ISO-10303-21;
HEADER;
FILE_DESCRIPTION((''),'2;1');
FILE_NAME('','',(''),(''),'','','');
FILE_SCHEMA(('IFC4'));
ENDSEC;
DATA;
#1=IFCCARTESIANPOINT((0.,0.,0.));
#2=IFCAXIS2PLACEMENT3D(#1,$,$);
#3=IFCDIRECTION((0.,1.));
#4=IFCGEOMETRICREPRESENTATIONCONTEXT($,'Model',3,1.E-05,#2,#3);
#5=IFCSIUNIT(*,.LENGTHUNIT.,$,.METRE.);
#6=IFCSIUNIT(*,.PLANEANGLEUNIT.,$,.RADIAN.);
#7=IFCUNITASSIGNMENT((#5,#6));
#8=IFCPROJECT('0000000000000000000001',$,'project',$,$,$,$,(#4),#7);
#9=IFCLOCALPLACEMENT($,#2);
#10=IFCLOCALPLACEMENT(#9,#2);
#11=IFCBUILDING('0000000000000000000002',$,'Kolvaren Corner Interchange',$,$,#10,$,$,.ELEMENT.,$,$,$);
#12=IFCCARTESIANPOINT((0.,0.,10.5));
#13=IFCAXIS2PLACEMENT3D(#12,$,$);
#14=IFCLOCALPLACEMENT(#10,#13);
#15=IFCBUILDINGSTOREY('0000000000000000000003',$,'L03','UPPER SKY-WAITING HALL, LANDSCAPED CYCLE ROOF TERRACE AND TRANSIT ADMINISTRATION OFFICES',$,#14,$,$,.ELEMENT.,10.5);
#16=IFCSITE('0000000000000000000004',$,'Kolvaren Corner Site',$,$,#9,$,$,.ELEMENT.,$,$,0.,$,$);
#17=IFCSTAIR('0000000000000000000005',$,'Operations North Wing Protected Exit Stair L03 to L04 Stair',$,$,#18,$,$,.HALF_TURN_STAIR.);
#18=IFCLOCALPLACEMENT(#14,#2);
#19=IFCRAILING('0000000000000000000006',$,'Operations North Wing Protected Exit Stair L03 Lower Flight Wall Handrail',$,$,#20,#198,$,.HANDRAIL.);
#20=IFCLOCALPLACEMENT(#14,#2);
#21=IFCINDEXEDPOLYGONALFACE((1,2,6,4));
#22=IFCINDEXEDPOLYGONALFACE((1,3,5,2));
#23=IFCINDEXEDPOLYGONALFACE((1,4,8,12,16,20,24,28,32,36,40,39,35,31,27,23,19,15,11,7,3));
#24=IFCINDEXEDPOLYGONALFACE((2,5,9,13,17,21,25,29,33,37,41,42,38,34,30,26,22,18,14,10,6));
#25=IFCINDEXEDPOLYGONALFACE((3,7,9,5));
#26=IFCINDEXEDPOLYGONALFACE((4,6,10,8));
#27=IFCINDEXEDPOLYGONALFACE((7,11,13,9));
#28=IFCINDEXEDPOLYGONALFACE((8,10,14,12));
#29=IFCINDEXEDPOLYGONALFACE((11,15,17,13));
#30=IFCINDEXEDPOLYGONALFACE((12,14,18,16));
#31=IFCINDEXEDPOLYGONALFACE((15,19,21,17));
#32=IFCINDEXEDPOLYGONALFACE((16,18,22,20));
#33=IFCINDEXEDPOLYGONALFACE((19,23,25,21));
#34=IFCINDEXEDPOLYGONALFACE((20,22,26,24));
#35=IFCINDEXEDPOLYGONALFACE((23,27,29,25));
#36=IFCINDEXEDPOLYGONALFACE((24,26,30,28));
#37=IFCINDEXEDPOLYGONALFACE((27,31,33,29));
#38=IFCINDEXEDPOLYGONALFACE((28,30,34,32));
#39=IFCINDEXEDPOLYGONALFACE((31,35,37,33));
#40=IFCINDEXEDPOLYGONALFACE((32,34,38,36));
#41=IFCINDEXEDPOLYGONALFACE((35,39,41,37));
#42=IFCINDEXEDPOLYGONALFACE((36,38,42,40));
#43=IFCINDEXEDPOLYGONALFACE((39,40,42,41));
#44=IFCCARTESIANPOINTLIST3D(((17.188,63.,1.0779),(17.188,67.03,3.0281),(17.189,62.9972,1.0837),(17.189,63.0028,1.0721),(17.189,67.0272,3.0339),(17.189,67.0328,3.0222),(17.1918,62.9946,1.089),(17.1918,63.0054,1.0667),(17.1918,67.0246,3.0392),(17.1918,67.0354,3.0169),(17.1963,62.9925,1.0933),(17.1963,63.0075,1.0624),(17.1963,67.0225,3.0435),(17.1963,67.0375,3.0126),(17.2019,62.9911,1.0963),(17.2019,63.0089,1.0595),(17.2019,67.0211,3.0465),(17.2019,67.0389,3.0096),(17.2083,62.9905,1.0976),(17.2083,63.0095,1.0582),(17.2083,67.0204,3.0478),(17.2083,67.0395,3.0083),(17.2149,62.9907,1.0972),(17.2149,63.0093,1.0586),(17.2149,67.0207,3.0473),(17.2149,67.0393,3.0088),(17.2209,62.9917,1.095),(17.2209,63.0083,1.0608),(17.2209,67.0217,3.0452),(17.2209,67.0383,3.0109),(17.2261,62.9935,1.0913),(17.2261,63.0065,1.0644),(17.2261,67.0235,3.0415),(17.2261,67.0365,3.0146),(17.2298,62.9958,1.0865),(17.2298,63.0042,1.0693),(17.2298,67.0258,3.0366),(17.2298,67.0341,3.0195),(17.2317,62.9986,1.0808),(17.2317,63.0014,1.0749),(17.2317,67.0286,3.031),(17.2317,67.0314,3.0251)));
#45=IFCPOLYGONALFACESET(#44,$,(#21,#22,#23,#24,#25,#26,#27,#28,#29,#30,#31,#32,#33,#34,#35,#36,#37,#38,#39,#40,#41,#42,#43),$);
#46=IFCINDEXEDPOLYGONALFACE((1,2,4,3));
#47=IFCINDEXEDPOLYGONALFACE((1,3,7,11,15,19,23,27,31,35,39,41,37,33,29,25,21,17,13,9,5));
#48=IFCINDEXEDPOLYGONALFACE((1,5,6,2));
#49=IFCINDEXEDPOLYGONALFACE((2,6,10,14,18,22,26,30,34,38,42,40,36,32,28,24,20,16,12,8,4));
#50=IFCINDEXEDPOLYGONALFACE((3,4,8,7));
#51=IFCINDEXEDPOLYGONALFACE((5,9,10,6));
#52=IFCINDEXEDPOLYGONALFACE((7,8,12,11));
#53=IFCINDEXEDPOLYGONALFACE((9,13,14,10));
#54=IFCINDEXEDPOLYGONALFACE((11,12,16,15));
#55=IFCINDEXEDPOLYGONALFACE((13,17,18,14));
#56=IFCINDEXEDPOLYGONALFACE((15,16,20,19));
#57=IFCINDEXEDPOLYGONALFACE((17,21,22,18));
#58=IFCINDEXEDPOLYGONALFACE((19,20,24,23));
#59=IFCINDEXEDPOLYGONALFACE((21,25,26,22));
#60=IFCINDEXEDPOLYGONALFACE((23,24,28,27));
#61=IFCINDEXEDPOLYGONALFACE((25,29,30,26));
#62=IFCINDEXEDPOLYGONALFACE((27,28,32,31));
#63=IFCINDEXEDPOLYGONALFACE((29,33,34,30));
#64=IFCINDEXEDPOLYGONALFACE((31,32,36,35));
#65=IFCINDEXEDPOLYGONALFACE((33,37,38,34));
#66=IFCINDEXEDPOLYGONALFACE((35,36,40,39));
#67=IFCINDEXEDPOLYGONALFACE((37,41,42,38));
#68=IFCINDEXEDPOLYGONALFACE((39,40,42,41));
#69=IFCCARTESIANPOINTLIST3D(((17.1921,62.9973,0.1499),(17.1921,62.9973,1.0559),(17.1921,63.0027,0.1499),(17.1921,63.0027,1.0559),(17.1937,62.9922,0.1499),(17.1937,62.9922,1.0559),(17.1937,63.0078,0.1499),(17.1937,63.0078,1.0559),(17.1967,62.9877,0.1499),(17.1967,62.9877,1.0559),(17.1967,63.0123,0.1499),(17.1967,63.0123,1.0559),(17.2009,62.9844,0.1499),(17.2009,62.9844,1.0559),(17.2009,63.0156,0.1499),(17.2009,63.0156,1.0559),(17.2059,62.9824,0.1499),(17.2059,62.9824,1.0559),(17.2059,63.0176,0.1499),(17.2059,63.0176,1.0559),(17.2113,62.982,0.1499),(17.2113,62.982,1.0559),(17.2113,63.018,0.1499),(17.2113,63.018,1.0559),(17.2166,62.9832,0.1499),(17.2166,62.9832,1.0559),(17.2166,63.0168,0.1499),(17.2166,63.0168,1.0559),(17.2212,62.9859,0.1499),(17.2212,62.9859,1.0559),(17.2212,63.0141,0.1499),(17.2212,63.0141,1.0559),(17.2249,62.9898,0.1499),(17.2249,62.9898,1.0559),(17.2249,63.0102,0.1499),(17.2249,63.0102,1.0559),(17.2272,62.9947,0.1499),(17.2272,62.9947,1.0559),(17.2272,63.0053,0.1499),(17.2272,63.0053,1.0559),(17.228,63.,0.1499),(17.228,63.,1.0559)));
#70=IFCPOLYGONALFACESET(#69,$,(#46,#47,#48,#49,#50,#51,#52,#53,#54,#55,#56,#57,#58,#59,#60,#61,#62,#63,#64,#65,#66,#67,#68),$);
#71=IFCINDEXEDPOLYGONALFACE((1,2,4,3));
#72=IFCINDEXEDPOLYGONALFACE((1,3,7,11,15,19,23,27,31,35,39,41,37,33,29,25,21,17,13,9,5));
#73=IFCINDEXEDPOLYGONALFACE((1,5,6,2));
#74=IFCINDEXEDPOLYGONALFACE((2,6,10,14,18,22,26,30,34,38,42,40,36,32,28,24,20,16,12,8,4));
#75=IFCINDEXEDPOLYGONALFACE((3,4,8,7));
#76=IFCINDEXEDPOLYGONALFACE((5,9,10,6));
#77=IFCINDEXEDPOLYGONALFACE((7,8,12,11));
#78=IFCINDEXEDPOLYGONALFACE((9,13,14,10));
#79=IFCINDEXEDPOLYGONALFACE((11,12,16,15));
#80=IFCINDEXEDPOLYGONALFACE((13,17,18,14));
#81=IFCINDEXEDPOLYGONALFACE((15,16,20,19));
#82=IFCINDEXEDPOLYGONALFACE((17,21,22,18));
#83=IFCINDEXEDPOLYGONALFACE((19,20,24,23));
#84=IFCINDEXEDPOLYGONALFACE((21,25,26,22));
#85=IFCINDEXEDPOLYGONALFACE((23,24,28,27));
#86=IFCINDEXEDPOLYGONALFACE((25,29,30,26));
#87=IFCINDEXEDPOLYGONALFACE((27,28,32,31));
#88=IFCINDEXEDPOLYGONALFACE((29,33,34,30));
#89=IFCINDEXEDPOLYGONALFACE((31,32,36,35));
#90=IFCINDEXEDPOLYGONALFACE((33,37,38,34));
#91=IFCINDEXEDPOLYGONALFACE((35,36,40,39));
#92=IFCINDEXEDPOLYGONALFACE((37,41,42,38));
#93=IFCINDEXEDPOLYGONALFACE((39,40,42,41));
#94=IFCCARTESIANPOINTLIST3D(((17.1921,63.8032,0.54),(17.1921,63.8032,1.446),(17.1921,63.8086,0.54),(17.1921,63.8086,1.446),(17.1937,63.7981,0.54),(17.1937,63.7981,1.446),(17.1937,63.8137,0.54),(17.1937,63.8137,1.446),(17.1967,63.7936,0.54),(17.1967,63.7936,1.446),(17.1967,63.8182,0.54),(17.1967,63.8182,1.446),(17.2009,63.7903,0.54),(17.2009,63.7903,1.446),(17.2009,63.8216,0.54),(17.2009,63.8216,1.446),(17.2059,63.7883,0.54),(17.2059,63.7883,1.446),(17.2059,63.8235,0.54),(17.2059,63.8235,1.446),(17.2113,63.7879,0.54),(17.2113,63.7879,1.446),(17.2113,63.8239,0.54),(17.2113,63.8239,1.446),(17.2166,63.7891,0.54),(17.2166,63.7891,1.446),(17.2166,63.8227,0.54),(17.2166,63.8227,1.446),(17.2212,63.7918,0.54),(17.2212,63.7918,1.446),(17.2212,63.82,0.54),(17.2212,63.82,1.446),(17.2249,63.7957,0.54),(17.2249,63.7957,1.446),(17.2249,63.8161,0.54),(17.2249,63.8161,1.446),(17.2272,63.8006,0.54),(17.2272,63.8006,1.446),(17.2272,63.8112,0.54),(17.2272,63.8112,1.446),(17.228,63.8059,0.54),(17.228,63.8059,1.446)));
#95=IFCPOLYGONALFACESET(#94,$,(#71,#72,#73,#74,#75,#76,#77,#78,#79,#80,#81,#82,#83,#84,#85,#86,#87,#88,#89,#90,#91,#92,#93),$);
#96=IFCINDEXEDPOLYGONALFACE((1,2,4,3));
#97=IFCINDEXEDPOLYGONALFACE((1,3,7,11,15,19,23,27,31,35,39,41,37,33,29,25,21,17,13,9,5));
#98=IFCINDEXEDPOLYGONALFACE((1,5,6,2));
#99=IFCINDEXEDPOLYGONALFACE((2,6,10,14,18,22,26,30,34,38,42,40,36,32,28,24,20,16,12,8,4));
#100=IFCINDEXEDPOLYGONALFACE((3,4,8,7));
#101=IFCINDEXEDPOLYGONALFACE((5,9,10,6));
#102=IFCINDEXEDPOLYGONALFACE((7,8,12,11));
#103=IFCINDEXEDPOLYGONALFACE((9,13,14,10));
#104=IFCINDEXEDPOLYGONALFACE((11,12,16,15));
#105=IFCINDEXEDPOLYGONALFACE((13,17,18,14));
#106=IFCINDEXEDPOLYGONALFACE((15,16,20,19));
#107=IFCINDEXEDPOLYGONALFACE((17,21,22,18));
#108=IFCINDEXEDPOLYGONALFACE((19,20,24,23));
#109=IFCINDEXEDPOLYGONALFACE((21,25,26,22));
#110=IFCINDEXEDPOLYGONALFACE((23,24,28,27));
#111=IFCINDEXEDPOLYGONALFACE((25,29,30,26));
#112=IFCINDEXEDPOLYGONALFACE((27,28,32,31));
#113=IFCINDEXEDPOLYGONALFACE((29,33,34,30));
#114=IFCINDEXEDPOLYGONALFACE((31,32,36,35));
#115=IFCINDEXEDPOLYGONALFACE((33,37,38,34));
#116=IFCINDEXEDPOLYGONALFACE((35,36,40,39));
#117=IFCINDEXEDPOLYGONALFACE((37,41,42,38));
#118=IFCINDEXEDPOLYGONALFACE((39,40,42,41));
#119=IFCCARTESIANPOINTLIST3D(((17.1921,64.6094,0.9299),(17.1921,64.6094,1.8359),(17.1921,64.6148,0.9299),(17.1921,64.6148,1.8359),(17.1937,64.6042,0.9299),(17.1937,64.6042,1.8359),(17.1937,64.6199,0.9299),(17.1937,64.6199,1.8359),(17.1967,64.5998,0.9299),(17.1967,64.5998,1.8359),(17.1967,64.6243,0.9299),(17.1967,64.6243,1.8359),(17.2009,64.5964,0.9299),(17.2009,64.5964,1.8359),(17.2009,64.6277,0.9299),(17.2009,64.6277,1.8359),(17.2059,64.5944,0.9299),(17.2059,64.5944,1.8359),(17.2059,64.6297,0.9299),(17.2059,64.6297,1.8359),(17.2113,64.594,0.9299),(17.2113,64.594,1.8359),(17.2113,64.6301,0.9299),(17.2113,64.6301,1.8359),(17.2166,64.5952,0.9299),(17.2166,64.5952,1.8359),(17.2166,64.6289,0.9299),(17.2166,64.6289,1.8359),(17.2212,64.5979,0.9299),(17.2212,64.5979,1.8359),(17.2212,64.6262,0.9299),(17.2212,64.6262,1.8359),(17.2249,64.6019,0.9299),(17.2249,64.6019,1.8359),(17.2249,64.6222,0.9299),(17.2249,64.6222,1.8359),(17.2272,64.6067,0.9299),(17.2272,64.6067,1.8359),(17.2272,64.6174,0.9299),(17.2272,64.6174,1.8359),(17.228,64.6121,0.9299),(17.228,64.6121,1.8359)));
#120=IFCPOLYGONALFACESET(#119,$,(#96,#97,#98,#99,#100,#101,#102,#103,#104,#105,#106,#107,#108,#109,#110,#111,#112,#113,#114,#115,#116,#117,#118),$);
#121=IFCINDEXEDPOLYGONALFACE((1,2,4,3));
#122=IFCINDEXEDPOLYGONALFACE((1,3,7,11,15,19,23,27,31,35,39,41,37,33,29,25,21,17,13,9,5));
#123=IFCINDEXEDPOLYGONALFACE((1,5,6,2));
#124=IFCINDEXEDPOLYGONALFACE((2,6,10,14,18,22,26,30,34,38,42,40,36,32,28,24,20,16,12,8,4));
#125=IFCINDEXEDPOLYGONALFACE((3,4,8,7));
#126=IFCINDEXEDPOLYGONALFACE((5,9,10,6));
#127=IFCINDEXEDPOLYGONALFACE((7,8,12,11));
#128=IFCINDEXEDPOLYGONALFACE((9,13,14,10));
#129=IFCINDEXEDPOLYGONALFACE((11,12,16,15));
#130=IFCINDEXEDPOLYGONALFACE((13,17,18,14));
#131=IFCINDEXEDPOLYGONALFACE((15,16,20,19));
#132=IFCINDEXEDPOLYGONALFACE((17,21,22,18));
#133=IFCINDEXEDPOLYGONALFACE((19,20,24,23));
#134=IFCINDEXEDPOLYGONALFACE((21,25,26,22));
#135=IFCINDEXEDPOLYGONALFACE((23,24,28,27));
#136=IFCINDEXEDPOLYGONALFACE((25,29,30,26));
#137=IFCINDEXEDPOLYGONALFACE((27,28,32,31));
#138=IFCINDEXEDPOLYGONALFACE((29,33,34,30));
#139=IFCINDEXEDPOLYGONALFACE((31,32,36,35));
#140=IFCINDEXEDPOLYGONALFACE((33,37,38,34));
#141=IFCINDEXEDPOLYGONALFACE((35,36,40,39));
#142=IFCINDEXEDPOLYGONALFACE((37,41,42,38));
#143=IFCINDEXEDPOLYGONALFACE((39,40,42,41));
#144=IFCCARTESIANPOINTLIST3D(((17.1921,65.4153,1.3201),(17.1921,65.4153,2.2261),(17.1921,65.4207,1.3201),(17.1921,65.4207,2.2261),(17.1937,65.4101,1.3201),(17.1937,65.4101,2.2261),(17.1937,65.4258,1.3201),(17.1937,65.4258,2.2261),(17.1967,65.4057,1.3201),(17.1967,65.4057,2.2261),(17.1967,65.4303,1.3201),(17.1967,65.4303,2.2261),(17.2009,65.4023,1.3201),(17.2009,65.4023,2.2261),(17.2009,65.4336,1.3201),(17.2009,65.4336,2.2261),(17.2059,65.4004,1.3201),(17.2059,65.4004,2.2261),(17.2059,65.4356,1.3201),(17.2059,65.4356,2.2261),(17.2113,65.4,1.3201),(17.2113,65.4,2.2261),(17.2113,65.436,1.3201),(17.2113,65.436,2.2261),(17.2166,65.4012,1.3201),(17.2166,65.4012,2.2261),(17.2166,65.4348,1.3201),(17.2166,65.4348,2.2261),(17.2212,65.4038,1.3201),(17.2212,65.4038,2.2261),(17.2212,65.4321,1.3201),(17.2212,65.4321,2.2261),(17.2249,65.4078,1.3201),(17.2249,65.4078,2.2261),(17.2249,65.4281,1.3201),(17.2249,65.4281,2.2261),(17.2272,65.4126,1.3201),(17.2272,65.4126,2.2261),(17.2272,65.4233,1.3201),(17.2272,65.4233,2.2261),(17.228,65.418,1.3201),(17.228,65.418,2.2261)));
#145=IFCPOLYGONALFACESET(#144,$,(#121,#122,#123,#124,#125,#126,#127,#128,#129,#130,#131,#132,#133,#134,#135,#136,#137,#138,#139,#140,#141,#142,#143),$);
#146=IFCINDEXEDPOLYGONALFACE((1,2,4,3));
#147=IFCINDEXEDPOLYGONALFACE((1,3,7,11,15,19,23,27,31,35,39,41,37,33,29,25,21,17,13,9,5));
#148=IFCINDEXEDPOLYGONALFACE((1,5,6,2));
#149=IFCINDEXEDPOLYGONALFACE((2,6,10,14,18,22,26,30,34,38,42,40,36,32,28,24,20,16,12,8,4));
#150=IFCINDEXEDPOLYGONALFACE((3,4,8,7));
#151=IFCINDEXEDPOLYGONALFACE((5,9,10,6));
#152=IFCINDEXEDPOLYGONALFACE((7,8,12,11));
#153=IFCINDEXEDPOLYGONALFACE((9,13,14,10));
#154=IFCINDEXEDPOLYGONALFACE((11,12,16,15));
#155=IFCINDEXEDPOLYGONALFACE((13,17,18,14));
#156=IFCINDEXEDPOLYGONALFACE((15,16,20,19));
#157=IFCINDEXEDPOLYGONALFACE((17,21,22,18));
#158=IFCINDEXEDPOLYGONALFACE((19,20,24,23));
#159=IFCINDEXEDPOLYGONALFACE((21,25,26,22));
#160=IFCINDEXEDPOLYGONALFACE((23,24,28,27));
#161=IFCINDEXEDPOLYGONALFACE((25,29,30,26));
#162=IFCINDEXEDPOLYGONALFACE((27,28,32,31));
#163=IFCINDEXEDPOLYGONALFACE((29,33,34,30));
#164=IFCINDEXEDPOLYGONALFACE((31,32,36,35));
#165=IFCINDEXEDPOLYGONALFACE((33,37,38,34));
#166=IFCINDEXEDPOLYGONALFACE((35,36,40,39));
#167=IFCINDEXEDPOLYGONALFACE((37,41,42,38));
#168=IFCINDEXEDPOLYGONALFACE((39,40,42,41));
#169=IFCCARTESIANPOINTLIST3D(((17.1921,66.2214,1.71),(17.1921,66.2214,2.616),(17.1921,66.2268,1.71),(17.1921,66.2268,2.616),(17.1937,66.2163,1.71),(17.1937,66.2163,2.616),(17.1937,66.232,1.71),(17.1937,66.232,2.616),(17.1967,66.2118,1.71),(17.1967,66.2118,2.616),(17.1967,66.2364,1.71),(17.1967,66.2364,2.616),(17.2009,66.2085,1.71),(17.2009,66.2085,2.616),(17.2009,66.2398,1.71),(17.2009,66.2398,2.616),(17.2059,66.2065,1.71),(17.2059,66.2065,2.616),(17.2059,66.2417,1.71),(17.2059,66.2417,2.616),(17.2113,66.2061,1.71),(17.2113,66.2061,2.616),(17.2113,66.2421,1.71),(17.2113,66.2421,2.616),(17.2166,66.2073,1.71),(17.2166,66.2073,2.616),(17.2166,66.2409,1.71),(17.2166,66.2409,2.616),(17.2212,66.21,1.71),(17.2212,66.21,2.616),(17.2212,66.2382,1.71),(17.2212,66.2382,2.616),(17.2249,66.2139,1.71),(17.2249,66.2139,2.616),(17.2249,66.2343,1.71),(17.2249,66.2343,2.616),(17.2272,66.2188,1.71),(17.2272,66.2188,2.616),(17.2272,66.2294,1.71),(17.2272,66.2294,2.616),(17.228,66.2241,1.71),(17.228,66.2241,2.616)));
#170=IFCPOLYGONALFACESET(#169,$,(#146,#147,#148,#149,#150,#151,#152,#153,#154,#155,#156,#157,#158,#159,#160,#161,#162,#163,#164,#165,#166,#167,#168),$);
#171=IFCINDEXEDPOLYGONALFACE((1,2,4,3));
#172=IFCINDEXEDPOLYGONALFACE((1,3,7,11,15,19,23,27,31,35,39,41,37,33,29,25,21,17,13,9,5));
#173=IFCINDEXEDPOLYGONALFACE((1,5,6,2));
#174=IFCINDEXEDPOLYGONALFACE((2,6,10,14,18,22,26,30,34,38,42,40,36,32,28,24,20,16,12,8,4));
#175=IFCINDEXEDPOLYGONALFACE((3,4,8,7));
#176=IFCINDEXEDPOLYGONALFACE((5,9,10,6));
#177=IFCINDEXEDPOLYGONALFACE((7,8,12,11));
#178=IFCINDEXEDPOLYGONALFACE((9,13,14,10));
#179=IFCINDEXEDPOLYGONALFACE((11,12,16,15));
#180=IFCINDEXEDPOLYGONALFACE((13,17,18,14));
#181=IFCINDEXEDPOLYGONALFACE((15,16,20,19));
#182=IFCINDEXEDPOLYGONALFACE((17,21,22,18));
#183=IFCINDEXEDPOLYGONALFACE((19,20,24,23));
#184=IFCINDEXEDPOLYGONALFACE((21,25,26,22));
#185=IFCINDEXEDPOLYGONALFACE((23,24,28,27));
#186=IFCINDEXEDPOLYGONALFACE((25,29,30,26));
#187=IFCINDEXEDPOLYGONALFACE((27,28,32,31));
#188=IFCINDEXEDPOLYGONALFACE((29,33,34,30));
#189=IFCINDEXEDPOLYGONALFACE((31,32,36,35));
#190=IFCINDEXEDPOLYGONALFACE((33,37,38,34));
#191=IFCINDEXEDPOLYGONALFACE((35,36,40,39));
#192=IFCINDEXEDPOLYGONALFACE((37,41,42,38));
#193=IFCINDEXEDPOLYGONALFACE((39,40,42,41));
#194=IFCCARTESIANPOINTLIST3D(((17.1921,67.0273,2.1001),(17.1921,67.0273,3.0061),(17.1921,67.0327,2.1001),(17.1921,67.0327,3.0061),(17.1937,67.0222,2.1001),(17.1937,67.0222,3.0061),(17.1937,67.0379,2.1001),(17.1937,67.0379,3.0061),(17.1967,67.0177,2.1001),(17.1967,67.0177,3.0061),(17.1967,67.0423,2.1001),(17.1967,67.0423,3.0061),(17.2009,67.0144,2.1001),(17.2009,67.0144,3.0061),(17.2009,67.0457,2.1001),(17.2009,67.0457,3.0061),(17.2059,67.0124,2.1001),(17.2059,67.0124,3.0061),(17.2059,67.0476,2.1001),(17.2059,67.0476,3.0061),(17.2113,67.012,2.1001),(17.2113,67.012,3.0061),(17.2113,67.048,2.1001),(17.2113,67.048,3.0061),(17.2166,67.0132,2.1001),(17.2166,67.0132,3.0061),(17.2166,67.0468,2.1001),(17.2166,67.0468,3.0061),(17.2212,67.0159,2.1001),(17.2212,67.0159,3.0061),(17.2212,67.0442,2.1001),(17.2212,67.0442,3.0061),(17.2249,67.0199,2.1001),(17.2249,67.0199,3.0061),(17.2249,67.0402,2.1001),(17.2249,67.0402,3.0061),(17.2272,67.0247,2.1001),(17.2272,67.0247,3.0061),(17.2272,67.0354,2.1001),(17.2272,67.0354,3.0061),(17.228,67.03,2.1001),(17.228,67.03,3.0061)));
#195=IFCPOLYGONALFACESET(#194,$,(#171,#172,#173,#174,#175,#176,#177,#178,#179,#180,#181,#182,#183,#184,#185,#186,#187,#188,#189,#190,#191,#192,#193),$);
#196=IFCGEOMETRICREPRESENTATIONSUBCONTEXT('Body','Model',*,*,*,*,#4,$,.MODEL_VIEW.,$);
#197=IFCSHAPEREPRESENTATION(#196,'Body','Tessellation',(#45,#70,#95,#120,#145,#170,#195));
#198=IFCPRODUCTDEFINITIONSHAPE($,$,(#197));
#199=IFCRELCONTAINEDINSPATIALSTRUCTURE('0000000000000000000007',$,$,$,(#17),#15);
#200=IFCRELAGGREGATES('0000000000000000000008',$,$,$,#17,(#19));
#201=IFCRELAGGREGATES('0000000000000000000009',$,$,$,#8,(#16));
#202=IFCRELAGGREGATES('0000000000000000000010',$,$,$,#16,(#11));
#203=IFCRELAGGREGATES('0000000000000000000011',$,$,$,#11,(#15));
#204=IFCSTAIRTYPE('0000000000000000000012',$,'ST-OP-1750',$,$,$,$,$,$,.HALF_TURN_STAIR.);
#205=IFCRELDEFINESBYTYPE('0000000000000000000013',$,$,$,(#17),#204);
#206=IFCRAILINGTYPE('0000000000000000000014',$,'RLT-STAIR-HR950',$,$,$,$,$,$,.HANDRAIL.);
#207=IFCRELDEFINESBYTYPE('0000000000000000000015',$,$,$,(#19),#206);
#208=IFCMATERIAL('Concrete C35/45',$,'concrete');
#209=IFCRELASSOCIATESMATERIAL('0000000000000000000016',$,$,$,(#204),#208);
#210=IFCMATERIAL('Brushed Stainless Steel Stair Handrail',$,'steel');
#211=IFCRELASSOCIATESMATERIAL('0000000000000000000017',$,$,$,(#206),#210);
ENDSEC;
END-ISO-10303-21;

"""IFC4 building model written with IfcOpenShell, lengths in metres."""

from ifc_helpers import new_model, si_unit, direction, frame, origin, origin_2d, place, context, subcontext, project, spatial, circle, extrude, material, type_object, element, aggregate, save


model = new_model("IFC4")

# Units and contexts
model_context = context("Model", 3, precision=1e-05, world=origin(), true_north=direction((0.0, 1.0)))
body_context = subcontext(model_context, "Body", "Model", "MODEL_VIEW")
ifc_project = project(units=[si_unit("LENGTHUNIT", "METRE"), si_unit("PLANEANGLEUNIT", "RADIAN")], contexts=[model_context])

# Site, building, storey
site_placement = place(None, origin())
site = spatial("IfcSite", under=ifc_project, at=site_placement, Name="Kolvaren Corner Site", CompositionType="ELEMENT", RefElevation=0.0)
building_placement = place(site_placement, origin())
building = spatial("IfcBuilding", under=site, at=building_placement, Name="Kolvaren Corner Interchange", CompositionType="ELEMENT")
storey_placement = place(building_placement, frame((0.0, 0.0, 10.5)))
storey = spatial("IfcBuildingStorey", under=building, at=storey_placement, Name="L03", Description="UPPER SKY-WAITING HALL, LANDSCAPED CYCLE ROOF TERRACE AND TRANSIT ADMINISTRATION OFFICES", CompositionType="ELEMENT", Elevation=10.5)

# Stair
ifc_material_1 = material(Name="Concrete C35/45", Category="concrete")
stair_type = type_object("IfcStairType", Name="ST-OP-1750", PredefinedType="HALF_TURN_STAIR", material=ifc_material_1)
stair_placement = place(storey_placement, origin())
stair = element("IfcStair", 1, at=stair_placement, inside=storey, type_object=stair_type, Name="Operations North Wing Protected Exit Stair L03 to L04 Stair", PredefinedType="HALF_TURN_STAIR")

# Railing
ifc_material_2 = material(Name="Brushed Stainless Steel Stair Handrail", Category="steel")
railing_type_1 = type_object("IfcRailingType", Name="RLT-STAIR-HR950", PredefinedType="HANDRAIL", material=ifc_material_2)
railing_1_placement = place(storey_placement, frame((17.21, 63.0, 0.1499)))
railing_1 = element("IfcRailing", 2, at=railing_1_placement, type_object=railing_type_1, Name="Operations North Wing Protected Exit Stair L03 Lower Flight Wall Handrail", PredefinedType="HANDRAIL", context=body_context, shape_type="SweptSolid", body=[
    extrude(circle(Radius=0.022, at=origin_2d()), frame((0.0, 0.0, 0.928), z_axis=(0.0, 0.900143, 0.435594), x_axis=(-1.0, 0.0, 0.0)), (0.0, 0.0, 1.0), 4.4771),
    extrude(circle(Radius=0.0181, at=origin_2d()), origin(), (0.0, 0.0, 1.0), 0.906),
    extrude(circle(Radius=0.0181, at=origin_2d()), frame((0.0, 0.8059, 0.3901)), (0.0, 0.0, 1.0), 0.906),
    extrude(circle(Radius=0.0181, at=origin_2d()), frame((0.0, 1.6121, 0.78)), (0.0, 0.0, 1.0), 0.906),
    extrude(circle(Radius=0.0181, at=origin_2d()), frame((0.0, 2.418, 1.1702)), (0.0, 0.0, 1.0), 0.906),
    extrude(circle(Radius=0.0181, at=origin_2d()), frame((0.0, 3.2241, 1.5601)), (0.0, 0.0, 1.0), 0.906),
    extrude(circle(Radius=0.0181, at=origin_2d()), frame((0.0, 4.03, 1.9502)), (0.0, 0.0, 1.0), 0.906),
])
aggregate(stair, [railing_1])

save(model, "model.ifc")
